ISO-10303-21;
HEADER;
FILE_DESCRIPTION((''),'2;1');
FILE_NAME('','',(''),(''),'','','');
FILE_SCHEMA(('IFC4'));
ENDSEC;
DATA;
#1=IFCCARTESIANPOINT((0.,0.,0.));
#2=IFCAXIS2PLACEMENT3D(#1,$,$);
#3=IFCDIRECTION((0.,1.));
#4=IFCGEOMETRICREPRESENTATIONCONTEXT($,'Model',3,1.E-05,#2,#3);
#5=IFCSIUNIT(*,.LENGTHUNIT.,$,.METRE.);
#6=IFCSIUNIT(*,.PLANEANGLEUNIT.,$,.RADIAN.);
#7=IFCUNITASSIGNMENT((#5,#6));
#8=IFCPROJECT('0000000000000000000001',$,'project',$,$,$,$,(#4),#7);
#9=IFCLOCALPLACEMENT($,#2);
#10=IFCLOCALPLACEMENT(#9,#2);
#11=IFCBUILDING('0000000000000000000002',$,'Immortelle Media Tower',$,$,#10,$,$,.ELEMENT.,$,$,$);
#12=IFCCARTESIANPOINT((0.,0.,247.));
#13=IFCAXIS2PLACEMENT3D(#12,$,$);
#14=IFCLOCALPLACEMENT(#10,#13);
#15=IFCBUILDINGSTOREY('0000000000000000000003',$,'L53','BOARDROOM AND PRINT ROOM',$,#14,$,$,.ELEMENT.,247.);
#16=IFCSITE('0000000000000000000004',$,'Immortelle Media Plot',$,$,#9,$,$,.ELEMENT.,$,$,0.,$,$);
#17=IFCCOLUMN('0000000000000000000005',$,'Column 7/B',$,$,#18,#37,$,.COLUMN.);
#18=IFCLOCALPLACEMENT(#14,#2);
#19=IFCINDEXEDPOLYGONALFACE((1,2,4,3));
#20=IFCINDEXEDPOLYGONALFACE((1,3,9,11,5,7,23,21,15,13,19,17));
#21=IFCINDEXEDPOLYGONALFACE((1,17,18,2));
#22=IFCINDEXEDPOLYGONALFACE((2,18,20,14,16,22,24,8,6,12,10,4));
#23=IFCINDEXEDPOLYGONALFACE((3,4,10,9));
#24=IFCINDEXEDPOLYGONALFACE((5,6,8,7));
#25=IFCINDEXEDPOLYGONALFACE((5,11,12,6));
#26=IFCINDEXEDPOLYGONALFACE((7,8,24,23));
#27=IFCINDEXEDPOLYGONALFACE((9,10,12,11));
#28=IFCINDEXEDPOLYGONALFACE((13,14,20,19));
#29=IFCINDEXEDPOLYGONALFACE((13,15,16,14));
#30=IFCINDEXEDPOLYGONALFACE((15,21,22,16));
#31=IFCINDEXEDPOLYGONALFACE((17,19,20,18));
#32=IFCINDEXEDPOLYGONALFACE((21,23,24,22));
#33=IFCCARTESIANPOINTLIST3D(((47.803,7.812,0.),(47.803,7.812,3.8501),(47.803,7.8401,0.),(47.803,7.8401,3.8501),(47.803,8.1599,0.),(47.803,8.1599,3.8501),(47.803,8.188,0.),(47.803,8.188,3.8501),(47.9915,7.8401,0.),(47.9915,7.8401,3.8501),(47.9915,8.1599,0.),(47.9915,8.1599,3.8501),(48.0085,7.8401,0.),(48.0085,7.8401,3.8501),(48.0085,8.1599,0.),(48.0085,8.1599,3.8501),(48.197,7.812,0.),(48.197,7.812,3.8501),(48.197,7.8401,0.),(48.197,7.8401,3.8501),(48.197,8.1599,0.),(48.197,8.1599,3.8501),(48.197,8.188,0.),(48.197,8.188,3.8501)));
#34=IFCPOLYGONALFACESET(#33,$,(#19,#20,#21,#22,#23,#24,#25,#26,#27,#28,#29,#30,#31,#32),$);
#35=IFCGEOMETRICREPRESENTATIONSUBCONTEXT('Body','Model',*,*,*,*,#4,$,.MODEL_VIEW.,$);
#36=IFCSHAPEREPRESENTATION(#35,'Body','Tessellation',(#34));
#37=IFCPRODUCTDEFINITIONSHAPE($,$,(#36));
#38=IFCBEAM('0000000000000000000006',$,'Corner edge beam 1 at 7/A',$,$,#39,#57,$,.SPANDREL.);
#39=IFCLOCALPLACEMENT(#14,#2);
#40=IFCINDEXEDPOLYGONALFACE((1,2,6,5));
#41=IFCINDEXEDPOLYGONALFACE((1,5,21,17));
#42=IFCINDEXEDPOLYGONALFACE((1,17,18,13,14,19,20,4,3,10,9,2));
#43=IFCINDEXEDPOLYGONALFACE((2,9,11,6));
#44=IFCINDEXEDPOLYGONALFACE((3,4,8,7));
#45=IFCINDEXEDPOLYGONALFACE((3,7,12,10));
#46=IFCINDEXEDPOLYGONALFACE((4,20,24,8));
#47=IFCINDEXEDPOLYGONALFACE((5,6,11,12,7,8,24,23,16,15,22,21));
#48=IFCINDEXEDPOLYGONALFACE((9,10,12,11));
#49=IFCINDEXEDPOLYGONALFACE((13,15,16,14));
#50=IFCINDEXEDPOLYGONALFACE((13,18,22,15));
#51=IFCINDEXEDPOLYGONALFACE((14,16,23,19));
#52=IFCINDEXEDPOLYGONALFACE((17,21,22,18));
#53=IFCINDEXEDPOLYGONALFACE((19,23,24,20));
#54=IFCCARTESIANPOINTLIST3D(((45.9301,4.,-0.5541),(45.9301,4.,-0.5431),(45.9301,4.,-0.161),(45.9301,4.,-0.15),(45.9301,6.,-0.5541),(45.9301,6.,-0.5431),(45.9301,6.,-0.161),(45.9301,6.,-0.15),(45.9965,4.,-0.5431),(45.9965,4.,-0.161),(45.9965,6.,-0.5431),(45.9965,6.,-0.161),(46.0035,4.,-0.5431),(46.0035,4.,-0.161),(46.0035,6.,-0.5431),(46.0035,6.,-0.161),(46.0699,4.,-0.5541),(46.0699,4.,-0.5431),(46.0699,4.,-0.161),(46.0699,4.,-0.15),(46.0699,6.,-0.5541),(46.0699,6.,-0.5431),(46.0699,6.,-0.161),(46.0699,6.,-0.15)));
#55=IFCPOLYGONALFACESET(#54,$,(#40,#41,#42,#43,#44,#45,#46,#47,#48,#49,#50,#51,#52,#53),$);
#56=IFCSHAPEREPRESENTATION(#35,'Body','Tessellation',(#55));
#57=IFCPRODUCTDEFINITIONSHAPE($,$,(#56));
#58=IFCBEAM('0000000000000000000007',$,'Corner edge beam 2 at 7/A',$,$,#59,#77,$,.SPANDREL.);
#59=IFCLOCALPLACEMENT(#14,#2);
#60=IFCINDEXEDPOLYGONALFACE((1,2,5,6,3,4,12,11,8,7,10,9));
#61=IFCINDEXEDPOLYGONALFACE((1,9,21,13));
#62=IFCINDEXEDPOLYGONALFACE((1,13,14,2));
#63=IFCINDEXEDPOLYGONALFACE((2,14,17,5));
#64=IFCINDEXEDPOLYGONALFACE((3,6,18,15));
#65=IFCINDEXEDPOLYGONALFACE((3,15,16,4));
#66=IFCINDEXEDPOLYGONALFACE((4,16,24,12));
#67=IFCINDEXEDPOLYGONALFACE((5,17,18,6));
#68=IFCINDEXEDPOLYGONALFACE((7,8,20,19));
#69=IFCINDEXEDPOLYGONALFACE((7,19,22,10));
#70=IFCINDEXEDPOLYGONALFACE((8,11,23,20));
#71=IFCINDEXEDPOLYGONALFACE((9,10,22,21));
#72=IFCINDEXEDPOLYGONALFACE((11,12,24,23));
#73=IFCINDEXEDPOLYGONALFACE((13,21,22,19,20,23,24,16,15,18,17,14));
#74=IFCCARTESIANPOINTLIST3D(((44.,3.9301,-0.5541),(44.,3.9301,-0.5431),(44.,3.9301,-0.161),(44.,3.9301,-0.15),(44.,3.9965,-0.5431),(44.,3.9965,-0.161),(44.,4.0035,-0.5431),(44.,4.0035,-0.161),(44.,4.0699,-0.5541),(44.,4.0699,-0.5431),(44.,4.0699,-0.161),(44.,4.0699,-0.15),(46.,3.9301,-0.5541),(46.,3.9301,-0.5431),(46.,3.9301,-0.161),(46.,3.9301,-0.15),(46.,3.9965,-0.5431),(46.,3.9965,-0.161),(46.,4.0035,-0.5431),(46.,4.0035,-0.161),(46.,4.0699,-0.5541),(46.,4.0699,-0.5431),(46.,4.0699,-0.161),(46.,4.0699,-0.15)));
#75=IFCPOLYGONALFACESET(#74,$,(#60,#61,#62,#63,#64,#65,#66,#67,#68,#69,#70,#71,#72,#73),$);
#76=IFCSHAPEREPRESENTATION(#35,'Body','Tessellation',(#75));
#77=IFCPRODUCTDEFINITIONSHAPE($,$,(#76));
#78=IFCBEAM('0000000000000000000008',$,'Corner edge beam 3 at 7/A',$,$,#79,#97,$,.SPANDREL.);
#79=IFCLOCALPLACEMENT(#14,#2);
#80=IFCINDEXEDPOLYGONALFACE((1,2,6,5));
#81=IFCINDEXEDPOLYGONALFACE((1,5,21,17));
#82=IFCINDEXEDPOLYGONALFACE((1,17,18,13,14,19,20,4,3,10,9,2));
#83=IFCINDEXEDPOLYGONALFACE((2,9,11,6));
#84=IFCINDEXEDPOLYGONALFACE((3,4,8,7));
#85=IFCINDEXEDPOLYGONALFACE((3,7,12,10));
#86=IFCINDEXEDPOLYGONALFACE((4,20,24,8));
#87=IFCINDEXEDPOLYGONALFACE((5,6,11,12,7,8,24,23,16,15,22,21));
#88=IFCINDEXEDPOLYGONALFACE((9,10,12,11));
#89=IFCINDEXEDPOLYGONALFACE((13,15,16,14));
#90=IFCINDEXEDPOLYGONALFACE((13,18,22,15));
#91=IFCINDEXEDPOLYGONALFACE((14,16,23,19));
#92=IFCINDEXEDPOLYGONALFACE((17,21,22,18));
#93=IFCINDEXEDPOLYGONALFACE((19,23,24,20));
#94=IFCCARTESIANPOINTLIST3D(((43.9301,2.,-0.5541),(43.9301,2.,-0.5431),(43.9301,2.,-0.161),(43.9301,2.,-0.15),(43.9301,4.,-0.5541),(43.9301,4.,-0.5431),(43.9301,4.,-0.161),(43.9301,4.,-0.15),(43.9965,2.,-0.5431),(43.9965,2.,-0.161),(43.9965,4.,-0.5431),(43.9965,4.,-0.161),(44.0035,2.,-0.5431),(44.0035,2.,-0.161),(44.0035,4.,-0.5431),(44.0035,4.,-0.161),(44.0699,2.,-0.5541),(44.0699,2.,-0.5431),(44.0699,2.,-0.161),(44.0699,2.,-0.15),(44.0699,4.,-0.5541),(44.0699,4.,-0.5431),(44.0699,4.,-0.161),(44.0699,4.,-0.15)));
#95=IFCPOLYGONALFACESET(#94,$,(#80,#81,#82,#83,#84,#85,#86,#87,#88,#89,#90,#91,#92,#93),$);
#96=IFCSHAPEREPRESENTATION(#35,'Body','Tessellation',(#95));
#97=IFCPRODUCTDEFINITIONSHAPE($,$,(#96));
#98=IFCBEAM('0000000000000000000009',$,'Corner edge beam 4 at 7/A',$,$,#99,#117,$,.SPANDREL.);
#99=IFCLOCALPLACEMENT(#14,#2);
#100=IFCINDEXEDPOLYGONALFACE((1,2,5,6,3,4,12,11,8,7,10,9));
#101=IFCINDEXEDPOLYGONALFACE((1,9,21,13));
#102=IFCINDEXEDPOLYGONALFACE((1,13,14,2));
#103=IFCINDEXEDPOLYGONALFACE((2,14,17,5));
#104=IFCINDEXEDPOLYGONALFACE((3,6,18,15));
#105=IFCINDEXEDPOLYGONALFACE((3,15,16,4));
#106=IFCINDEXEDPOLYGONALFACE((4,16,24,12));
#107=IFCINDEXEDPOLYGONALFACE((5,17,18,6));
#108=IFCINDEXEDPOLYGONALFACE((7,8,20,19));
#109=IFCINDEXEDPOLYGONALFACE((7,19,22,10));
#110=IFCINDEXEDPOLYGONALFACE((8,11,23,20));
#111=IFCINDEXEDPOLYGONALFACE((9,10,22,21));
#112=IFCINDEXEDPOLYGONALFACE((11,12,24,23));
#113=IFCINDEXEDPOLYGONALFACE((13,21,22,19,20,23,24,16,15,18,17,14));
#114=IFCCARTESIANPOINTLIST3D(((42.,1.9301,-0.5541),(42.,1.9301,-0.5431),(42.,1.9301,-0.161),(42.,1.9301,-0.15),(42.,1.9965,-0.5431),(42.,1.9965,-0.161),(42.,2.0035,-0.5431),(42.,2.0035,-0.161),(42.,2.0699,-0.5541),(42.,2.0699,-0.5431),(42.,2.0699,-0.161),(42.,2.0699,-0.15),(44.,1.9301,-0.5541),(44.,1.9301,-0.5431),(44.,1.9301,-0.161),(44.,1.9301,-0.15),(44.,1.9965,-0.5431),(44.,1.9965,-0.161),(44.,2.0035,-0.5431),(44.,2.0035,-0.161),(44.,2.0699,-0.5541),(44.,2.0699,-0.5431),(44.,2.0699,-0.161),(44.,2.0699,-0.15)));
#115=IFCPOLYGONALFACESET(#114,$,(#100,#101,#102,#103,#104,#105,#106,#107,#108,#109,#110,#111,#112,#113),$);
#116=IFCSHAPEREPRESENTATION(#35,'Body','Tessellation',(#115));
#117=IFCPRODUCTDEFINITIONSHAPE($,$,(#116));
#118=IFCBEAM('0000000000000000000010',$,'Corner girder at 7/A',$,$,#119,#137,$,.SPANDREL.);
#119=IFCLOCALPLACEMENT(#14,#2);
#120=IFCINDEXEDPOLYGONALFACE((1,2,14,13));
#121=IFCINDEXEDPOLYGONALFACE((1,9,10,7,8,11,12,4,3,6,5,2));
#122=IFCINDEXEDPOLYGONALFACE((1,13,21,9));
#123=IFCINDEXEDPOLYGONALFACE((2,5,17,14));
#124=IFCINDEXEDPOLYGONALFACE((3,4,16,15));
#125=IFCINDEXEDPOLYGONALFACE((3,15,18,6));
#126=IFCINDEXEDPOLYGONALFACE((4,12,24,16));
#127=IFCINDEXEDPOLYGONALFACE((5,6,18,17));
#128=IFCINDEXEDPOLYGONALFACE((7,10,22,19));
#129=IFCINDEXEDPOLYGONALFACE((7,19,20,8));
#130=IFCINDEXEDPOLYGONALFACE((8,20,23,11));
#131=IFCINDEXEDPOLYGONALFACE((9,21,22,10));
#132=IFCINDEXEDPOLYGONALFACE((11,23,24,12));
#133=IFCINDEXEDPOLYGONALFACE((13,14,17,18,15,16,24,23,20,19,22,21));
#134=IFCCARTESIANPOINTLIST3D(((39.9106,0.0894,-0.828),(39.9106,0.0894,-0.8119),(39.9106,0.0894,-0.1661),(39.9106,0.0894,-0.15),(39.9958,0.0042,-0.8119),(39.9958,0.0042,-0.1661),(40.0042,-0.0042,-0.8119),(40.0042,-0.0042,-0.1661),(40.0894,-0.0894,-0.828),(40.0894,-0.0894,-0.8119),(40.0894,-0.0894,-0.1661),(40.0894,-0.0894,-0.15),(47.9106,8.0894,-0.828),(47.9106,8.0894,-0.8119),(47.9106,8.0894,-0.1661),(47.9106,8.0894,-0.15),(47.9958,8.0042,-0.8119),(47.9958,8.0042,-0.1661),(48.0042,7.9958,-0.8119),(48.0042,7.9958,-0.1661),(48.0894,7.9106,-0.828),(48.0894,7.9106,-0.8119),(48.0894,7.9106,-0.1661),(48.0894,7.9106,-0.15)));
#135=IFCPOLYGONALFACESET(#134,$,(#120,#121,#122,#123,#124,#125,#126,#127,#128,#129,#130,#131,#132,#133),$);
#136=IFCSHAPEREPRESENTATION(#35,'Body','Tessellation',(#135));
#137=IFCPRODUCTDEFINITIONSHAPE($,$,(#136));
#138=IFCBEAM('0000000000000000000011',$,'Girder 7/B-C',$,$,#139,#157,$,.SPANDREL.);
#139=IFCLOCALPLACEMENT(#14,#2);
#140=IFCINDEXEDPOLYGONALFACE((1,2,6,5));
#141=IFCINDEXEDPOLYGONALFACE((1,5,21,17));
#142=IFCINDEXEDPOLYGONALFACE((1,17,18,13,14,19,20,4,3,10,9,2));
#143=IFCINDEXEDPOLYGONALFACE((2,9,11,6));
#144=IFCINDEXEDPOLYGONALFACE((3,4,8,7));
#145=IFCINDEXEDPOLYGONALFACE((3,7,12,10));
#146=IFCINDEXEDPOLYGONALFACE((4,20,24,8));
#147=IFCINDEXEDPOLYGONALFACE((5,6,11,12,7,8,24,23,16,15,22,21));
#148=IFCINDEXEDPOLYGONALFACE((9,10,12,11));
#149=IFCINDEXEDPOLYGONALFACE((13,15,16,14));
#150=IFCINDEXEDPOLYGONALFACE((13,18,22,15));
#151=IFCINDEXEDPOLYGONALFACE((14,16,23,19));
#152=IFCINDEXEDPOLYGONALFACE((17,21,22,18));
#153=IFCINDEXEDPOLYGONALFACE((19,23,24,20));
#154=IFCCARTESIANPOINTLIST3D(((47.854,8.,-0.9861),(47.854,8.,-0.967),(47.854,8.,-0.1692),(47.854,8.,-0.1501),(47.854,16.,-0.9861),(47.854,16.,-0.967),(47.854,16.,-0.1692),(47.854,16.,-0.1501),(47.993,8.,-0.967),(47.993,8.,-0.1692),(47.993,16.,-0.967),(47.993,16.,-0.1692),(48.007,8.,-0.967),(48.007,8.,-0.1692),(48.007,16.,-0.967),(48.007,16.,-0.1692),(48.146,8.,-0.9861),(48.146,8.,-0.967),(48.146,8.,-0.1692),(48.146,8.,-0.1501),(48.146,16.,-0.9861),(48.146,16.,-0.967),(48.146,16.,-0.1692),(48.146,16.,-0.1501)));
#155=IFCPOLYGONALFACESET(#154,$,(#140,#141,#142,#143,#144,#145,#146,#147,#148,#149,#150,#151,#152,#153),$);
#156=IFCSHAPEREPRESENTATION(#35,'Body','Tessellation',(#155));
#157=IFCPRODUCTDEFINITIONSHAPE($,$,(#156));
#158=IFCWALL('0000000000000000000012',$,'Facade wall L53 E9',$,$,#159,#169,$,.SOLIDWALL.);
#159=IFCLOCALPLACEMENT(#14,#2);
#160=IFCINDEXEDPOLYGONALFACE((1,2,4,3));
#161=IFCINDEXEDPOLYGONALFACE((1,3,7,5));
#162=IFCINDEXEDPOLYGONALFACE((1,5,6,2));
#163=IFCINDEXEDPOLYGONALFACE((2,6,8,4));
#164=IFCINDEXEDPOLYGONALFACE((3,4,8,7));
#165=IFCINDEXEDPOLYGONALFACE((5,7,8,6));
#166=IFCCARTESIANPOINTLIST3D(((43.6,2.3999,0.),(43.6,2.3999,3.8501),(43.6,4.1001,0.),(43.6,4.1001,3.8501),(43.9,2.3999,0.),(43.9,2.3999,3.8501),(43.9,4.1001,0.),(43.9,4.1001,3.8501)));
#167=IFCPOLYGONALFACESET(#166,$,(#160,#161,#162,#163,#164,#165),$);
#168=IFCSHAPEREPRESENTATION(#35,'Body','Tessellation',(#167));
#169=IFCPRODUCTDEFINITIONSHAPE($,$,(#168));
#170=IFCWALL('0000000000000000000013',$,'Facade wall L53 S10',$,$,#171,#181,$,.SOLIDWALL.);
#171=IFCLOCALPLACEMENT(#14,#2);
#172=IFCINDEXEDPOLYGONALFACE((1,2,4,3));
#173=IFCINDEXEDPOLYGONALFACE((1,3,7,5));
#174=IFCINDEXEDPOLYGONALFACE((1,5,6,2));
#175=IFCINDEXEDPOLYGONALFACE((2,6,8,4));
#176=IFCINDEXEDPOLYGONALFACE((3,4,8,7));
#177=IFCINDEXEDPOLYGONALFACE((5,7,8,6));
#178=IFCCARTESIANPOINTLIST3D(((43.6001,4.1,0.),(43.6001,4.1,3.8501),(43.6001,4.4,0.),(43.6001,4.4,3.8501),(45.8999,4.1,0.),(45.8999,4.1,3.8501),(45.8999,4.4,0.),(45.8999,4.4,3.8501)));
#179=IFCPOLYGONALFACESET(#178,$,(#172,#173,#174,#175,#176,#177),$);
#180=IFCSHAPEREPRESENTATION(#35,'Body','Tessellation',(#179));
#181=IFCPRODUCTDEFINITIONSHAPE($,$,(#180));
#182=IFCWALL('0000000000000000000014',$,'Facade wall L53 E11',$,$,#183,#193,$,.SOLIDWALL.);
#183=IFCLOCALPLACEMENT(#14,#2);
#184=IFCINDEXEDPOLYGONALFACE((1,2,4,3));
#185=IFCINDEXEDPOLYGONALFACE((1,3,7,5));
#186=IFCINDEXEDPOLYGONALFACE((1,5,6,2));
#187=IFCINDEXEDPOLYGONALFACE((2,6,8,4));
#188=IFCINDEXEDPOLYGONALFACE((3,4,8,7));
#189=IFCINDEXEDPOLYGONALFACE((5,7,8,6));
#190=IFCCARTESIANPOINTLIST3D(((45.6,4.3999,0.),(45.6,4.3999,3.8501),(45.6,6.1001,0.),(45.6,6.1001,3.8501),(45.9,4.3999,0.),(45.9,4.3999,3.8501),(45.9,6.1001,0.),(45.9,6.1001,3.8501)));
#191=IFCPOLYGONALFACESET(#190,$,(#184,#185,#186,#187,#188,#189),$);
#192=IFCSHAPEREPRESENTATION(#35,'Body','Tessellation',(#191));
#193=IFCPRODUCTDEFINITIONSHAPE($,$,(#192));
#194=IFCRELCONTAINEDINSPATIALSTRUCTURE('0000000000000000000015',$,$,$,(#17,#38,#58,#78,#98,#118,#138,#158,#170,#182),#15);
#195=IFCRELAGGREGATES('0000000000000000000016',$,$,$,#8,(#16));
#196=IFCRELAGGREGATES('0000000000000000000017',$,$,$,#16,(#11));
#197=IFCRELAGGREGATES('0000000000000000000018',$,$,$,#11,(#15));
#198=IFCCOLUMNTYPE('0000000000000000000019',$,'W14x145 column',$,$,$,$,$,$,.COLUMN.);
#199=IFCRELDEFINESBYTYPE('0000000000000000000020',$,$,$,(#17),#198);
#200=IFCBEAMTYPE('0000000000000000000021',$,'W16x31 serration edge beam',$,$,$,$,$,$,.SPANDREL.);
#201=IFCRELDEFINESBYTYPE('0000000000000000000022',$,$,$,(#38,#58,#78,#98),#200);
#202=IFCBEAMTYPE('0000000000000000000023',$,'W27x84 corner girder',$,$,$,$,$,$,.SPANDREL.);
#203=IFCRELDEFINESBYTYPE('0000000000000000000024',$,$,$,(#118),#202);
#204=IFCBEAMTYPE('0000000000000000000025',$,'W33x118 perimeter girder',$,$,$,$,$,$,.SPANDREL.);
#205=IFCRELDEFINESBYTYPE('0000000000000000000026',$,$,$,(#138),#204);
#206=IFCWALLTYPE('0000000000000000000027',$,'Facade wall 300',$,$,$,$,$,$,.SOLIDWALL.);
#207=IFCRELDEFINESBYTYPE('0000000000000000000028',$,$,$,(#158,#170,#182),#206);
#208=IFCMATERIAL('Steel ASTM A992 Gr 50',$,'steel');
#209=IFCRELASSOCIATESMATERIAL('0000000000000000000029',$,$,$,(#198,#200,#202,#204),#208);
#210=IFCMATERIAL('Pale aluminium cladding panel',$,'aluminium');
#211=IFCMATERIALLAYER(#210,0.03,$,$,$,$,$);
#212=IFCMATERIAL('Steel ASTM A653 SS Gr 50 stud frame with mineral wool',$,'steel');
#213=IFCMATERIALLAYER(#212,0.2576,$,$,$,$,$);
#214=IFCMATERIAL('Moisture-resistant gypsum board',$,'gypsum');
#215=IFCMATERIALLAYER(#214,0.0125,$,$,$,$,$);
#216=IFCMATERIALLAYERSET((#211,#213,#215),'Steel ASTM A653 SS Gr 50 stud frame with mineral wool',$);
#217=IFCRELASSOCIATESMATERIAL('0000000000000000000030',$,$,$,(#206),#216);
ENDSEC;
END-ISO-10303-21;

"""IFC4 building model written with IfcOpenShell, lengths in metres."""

from ifc_helpers import new_model, si_unit, direction, frame, frame_2d, origin, origin_2d, place, context, subcontext, project, spatial, rectangle, i_section, extrude, material, layer, layer_set, material_profile, profile_set, type_object, element, save


model = new_model("IFC4")

# Units and contexts
model_context = context("Model", 3, precision=1e-05, world=origin(), true_north=direction((0.0, 1.0)))
body_context = subcontext(model_context, "Body", "Model", "MODEL_VIEW")
ifc_project = project(units=[si_unit("LENGTHUNIT", "METRE"), si_unit("PLANEANGLEUNIT", "RADIAN")], contexts=[model_context])

# Site, building, storey
site_placement = place(None, origin())
site = spatial("IfcSite", under=ifc_project, at=site_placement, Name="Immortelle Media Plot", CompositionType="ELEMENT", RefElevation=0.0)
building_placement = place(site_placement, origin())
building = spatial("IfcBuilding", under=site, at=building_placement, Name="Immortelle Media Tower", CompositionType="ELEMENT")
storey_placement = place(building_placement, frame((0.0, 0.0, 247.0)))
storey = spatial("IfcBuildingStorey", under=building, at=storey_placement, Name="L53", Description="BOARDROOM AND PRINT ROOM", CompositionType="ELEMENT", Elevation=247.0)

# Column
ifc_material_1 = material(Name="Steel ASTM A992 Gr 50", Category="steel")
ifc_material_profile_1 = material_profile(ifc_material_1, i_section(OverallWidth=0.394, OverallDepth=0.376, WebThickness=0.0171, FlangeThickness=0.0281, at=origin_2d()), Name="W14x145")
ifc_profile_set_1 = profile_set([ifc_material_profile_1], Name="Steel ASTM A992 Gr 50")
column_type = type_object("IfcColumnType", Name="W14x145 column", PredefinedType="COLUMN", material=ifc_profile_set_1)
column_placement = place(storey_placement, frame((48.0, 8.0, 0.0), z_axis=(0.0, 0.0, 1.0), x_axis=(1.0, 0.0, 0.0)))
element("IfcColumn", 1, at=column_placement, inside=storey, type_object=column_type, Name="Column 7/B", PredefinedType="COLUMN", context=body_context, shape_type="SweptSolid", body=[
    extrude(i_section(OverallWidth=0.394, OverallDepth=0.376, WebThickness=0.0171, FlangeThickness=0.0281, at=origin_2d()), origin(), (0.0, 0.0, 1.0), 3.8501),
])

# Beams
ifc_material_profile_2 = material_profile(ifc_material_1, i_section(OverallWidth=0.1399, OverallDepth=0.4041, WebThickness=0.0071, FlangeThickness=0.011, at=origin_2d()), Name="W16x31")
ifc_profile_set_2 = profile_set([ifc_material_profile_2], Name="Steel ASTM A992 Gr 50")
beam_type_1 = type_object("IfcBeamType", Name="W16x31 serration edge beam", PredefinedType="SPANDREL", material=ifc_profile_set_2)
for number, where, z_axis, x_axis, name in (
    (2, (46.0, 6.0, -0.3521), (0.0, -1.0, 0.0), (1.0, 0.0, 0.0), "Corner edge beam 1 at 7/A"),
    (3, (46.0, 4.0, -0.3521), (-1.0, 0.0, 0.0), (0.0, -1.0, 0.0), "Corner edge beam 2 at 7/A"),
    (4, (44.0, 4.0, -0.3521), (0.0, -1.0, 0.0), (1.0, 0.0, 0.0), "Corner edge beam 3 at 7/A"),
    (5, (44.0, 2.0, -0.3521), (-1.0, 0.0, 0.0), (0.0, -1.0, 0.0), "Corner edge beam 4 at 7/A"),
):
    element("IfcBeam", number, at=place(storey_placement, frame(where, z_axis=z_axis, x_axis=x_axis)), inside=storey, type_object=beam_type_1, Name=name, PredefinedType="SPANDREL", context=body_context, shape_type="SweptSolid", body=[
        extrude(i_section(OverallWidth=0.1399, OverallDepth=0.4041, WebThickness=0.0071, FlangeThickness=0.011, at=origin_2d()), origin(), (0.0, 0.0, 1.0), 2.0),
    ])
ifc_material_profile_3 = material_profile(ifc_material_1, i_section(OverallWidth=0.2529, OverallDepth=0.678, WebThickness=0.012, FlangeThickness=0.0161, at=origin_2d()), Name="W27x84")
ifc_profile_set_3 = profile_set([ifc_material_profile_3], Name="Steel ASTM A992 Gr 50")
beam_type_2 = type_object("IfcBeamType", Name="W27x84 corner girder", PredefinedType="SPANDREL", material=ifc_profile_set_3)
beam_1_placement = place(storey_placement, frame((48.0, 8.0, -0.489), z_axis=(-0.707107, -0.707107, 0.0), x_axis=(0.707107, -0.707107, 0.0)))
element("IfcBeam", 6, at=beam_1_placement, inside=storey, type_object=beam_type_2, Name="Corner girder at 7/A", PredefinedType="SPANDREL", context=body_context, shape_type="SweptSolid", body=[
    extrude(i_section(OverallWidth=0.2529, OverallDepth=0.678, WebThickness=0.012, FlangeThickness=0.0161, at=origin_2d()), origin(), (0.0, 0.0, 1.0), 11.3137),
])
ifc_material_profile_4 = material_profile(ifc_material_1, i_section(OverallWidth=0.292, OverallDepth=0.8359, WebThickness=0.0139, FlangeThickness=0.019, at=origin_2d()), Name="W33x118")
ifc_profile_set_4 = profile_set([ifc_material_profile_4], Name="Steel ASTM A992 Gr 50")
beam_type_3 = type_object("IfcBeamType", Name="W33x118 perimeter girder", PredefinedType="SPANDREL", material=ifc_profile_set_4)
beam_2_placement = place(storey_placement, frame((48.0, 8.0, -0.5681), z_axis=(0.0, 1.0, 0.0), x_axis=(-1.0, 0.0, 0.0)))
element("IfcBeam", 7, at=beam_2_placement, inside=storey, type_object=beam_type_3, Name="Girder 7/B-C", PredefinedType="SPANDREL", context=body_context, shape_type="SweptSolid", body=[
    extrude(i_section(OverallWidth=0.292, OverallDepth=0.8359, WebThickness=0.0139, FlangeThickness=0.019, at=origin_2d()), origin(), (0.0, 0.0, 1.0), 8.0),
])

# Walls
ifc_material_2 = material(Name="Pale aluminium cladding panel", Category="aluminium")
ifc_layer_1 = layer(ifc_material_2, 0.03)
ifc_material_3 = material(Name="Steel ASTM A653 SS Gr 50 stud frame with mineral wool", Category="steel")
ifc_layer_2 = layer(ifc_material_3, 0.2576)
ifc_material_4 = material(Name="Moisture-resistant gypsum board", Category="gypsum")
ifc_layer_3 = layer(ifc_material_4, 0.0125)
ifc_layer_set_1 = layer_set([ifc_layer_1, ifc_layer_2, ifc_layer_3], Name="Steel ASTM A653 SS Gr 50 stud frame with mineral wool")
wall_type_1 = type_object("IfcWallType", Name="Facade wall 300", PredefinedType="SOLIDWALL", material=ifc_layer_set_1)
wall_1_placement = place(storey_placement, frame((43.75, 2.3999, 0.0), z_axis=(0.0, 0.0, 1.0), x_axis=(0.0, 1.0, 0.0)))
element("IfcWall", 8, at=wall_1_placement, inside=storey, type_object=wall_type_1, Name="Facade wall L53 E9", PredefinedType="SOLIDWALL", context=body_context, shape_type="SweptSolid", body=[
    extrude(rectangle(XDim=1.7002, YDim=0.3, at=frame_2d((0.8501, 0.0))), origin(), (0.0, 0.0, 1.0), 3.8501),
])
wall_2_placement = place(storey_placement, frame((43.6001, 4.25, 0.0), z_axis=(0.0, 0.0, 1.0), x_axis=(1.0, 0.0, 0.0)))
element("IfcWall", 9, at=wall_2_placement, inside=storey, type_object=wall_type_1, Name="Facade wall L53 S10", PredefinedType="SOLIDWALL", context=body_context, shape_type="SweptSolid", body=[
    extrude(rectangle(XDim=2.2998, YDim=0.3, at=frame_2d((1.1499, 0.0))), origin(), (0.0, 0.0, 1.0), 3.8501),
])
wall_3_placement = place(storey_placement, frame((45.75, 4.3999, 0.0), z_axis=(0.0, 0.0, 1.0), x_axis=(0.0, 1.0, 0.0)))
element("IfcWall", 10, at=wall_3_placement, inside=storey, type_object=wall_type_1, Name="Facade wall L53 E11", PredefinedType="SOLIDWALL", context=body_context, shape_type="SweptSolid", body=[
    extrude(rectangle(XDim=1.7002, YDim=0.3, at=frame_2d((0.8501, 0.0))), origin(), (0.0, 0.0, 1.0), 3.8501),
])

save(model, "model.ifc")
